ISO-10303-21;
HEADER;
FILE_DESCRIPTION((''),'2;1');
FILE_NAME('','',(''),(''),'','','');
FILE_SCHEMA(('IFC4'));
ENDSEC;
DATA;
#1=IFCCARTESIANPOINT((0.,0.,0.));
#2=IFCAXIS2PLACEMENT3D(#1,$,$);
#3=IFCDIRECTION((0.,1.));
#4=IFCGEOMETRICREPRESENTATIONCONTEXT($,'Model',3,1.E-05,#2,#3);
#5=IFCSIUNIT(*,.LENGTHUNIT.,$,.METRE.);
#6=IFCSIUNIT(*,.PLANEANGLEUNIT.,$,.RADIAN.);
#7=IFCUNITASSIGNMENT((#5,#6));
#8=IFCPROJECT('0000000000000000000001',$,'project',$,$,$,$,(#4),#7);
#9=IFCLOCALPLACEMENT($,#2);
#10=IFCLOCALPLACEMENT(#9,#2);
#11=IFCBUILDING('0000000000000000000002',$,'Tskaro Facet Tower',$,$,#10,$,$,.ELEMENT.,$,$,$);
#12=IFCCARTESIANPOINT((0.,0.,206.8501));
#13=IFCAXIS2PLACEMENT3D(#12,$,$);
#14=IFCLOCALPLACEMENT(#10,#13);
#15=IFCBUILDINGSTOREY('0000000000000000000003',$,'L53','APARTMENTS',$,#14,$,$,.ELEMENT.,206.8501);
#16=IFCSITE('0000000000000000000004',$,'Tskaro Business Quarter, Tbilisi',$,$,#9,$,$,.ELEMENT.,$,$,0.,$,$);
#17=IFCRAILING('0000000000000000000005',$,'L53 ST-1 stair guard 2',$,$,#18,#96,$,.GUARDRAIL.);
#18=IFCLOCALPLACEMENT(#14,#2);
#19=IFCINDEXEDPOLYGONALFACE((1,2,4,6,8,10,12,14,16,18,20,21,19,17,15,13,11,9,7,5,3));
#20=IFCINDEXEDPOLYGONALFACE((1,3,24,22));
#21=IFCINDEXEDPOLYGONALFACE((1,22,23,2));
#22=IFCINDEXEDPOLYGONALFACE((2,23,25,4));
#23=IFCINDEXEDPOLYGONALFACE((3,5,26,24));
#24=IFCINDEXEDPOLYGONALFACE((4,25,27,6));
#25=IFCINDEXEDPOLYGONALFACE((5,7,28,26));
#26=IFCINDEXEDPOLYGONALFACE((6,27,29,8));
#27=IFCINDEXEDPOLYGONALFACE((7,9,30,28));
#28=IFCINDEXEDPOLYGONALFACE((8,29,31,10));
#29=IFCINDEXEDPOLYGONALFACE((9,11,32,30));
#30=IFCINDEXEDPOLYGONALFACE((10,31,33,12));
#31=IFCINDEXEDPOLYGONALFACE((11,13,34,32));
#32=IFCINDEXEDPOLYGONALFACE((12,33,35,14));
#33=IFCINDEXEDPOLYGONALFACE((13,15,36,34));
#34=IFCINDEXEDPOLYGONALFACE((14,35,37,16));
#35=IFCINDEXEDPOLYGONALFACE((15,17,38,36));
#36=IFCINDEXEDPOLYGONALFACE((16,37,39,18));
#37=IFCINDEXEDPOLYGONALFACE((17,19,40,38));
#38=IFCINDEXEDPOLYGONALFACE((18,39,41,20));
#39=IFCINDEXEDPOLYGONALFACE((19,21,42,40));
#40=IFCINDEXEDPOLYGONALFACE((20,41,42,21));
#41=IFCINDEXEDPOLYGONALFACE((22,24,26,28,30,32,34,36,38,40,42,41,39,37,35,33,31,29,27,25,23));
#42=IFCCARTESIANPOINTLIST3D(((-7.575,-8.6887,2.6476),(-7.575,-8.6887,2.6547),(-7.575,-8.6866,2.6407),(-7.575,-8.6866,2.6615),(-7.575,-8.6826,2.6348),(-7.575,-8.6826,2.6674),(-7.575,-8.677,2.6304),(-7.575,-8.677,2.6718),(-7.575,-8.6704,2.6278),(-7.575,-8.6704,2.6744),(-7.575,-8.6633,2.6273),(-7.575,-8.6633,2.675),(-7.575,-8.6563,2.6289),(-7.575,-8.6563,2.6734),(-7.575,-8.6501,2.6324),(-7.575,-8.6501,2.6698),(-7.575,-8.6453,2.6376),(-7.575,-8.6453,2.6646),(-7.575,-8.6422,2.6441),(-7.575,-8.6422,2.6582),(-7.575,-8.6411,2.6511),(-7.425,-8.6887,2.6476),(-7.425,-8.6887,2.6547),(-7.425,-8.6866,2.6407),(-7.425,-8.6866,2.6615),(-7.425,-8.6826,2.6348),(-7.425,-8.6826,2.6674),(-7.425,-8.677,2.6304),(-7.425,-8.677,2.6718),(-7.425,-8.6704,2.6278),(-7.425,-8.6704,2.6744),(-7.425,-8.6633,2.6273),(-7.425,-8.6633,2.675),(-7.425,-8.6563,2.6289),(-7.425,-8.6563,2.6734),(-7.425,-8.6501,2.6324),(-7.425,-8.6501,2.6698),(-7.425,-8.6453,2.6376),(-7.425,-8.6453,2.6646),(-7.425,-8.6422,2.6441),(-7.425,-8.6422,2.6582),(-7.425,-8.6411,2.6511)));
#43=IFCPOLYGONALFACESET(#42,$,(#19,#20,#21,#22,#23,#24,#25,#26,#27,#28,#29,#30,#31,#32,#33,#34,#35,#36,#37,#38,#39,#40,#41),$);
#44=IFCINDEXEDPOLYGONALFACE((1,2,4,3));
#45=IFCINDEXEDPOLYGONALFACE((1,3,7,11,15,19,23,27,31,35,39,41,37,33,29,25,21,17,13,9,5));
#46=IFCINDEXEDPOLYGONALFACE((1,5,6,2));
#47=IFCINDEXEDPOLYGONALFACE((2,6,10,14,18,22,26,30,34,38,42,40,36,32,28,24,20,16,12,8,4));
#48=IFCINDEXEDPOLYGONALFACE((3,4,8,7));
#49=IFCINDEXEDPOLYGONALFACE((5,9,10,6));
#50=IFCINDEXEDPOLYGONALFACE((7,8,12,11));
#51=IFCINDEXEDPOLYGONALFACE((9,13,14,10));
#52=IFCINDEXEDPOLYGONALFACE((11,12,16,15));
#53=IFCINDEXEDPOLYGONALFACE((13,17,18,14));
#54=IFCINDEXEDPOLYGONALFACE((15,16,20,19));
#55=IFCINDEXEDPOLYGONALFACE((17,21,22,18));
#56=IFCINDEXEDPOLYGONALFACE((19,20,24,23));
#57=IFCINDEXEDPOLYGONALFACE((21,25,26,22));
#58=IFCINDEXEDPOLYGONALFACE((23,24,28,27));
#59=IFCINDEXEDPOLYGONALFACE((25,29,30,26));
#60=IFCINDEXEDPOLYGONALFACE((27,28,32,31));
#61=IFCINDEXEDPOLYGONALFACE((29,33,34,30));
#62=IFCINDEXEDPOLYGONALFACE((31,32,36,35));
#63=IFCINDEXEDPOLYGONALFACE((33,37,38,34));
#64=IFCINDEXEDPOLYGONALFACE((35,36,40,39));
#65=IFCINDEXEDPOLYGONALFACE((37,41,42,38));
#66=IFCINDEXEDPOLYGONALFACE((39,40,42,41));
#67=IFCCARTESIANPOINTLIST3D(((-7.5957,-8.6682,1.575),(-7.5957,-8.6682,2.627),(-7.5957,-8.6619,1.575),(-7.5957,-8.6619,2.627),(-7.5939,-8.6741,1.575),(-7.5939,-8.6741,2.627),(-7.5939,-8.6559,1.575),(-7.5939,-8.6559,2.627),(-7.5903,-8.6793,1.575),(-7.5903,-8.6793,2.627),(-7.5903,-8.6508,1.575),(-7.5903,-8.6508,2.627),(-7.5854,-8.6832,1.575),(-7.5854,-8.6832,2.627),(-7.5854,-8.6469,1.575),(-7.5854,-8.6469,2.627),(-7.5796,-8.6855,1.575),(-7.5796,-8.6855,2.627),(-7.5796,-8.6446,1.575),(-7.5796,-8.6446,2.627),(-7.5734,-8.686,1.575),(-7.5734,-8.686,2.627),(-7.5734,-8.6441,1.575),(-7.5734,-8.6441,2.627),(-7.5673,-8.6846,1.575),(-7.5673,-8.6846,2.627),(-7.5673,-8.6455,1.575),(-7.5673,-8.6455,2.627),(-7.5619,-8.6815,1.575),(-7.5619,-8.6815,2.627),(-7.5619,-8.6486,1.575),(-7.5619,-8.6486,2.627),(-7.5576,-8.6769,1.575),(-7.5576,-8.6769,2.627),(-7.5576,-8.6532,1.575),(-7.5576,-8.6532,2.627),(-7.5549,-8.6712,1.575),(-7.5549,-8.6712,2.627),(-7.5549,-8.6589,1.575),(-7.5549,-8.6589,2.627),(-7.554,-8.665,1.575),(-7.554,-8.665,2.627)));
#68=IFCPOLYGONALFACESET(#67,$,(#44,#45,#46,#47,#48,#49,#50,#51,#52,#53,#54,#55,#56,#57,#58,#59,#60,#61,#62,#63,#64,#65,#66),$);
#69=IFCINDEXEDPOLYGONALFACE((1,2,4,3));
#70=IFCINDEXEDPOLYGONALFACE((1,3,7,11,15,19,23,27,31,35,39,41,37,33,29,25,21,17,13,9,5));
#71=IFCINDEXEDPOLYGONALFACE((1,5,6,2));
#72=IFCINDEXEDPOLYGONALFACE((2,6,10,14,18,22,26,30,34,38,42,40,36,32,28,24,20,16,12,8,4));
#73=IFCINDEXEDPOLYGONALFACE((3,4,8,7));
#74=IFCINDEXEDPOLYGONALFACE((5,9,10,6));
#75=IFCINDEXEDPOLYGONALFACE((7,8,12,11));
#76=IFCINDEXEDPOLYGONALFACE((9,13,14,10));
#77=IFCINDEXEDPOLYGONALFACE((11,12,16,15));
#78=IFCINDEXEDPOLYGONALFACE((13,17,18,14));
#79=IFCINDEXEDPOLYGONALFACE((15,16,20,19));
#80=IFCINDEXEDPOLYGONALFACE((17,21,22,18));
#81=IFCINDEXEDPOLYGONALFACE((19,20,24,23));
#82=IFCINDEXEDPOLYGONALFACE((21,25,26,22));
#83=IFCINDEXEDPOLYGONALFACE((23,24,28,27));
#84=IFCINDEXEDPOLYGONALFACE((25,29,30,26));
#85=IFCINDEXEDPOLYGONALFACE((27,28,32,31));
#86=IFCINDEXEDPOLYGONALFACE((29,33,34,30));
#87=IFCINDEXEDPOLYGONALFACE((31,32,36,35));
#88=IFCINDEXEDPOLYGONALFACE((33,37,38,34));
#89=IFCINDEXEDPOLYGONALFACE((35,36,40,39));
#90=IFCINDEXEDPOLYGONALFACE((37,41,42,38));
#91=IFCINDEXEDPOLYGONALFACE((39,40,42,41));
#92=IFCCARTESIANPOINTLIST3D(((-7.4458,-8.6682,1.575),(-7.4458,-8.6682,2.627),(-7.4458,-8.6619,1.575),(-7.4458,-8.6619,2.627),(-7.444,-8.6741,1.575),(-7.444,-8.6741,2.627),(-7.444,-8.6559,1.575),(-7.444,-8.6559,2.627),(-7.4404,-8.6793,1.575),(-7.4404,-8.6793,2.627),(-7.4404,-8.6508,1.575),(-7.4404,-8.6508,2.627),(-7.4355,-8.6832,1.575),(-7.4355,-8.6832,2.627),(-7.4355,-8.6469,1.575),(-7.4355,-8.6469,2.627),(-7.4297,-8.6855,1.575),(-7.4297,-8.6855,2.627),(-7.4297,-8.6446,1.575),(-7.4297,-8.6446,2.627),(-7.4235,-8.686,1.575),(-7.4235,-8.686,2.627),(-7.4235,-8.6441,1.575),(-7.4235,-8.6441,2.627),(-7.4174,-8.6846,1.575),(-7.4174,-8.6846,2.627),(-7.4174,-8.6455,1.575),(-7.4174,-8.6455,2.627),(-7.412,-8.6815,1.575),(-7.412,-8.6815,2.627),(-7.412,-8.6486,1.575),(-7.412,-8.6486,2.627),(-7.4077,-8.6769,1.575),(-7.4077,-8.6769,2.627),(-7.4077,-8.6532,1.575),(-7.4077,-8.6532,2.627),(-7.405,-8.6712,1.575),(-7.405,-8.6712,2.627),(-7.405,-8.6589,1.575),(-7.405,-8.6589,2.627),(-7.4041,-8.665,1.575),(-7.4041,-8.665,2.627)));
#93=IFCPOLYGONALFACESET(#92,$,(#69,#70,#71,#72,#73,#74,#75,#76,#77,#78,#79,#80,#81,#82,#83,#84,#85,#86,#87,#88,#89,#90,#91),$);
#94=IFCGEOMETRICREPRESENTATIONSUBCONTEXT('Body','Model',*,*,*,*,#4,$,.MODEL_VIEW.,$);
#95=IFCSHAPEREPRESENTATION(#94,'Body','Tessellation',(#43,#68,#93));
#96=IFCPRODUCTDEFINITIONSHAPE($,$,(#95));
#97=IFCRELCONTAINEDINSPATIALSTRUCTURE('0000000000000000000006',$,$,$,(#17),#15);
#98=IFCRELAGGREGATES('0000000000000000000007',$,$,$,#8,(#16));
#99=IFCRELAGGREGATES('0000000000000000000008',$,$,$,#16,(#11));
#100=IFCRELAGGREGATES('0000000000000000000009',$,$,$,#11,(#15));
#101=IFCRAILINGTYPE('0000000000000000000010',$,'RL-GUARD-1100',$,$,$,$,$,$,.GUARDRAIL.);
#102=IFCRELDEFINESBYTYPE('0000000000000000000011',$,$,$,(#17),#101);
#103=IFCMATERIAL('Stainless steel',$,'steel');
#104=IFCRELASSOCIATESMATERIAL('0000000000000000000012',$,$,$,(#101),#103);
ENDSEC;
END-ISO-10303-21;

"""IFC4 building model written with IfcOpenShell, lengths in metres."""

from ifc_helpers import new_model, si_unit, direction, frame, origin, origin_2d, place, context, subcontext, project, spatial, circle, extrude, material, type_object, element, save


model = new_model("IFC4")

# Units and contexts
model_context = context("Model", 3, precision=1e-05, world=origin(), true_north=direction((0.0, 1.0)))
body_context = subcontext(model_context, "Body", "Model", "MODEL_VIEW")
ifc_project = project(units=[si_unit("LENGTHUNIT", "METRE"), si_unit("PLANEANGLEUNIT", "RADIAN")], contexts=[model_context])

# Site, building, storey
site_placement = place(None, origin())
site = spatial("IfcSite", under=ifc_project, at=site_placement, Name="Tskaro Business Quarter, Tbilisi", CompositionType="ELEMENT", RefElevation=0.0)
building_placement = place(site_placement, origin())
building = spatial("IfcBuilding", under=site, at=building_placement, Name="Tskaro Facet Tower", CompositionType="ELEMENT")
storey_placement = place(building_placement, frame((0.0, 0.0, 206.8501)))
storey = spatial("IfcBuildingStorey", under=building, at=storey_placement, Name="L53", Description="APARTMENTS", CompositionType="ELEMENT", Elevation=206.8501)

# Shared definitions
ifc_material_1 = material(Name="Stainless steel", Category="steel")

# Railing
railing_type_1 = type_object("IfcRailingType", Name="RL-GUARD-1100", PredefinedType="GUARDRAIL", material=ifc_material_1)
railing_1_placement = place(storey_placement, frame((-7.575, -8.665, 1.575)))
element("IfcRailing", 1, at=railing_1_placement, inside=storey, type_object=railing_type_1, Name="L53 ST-1 stair guard 2", PredefinedType="GUARDRAIL", context=body_context, shape_type="SweptSolid", body=[
    extrude(circle(Radius=0.0239, at=origin_2d()), frame((0.0, 0.0, 1.0762), z_axis=(1.0, 0.0, 0.0), x_axis=(0.0, 1.0, 0.0)), (0.0, 0.0, 1.0), 0.1499),
    extrude(circle(Radius=0.021, at=origin_2d()), origin(), (0.0, 0.0, 1.0), 1.052),
    extrude(circle(Radius=0.021, at=origin_2d()), frame((0.1499, 0.0, 0.0)), (0.0, 0.0, 1.0), 1.052),
])

save(model, "model.ifc")
